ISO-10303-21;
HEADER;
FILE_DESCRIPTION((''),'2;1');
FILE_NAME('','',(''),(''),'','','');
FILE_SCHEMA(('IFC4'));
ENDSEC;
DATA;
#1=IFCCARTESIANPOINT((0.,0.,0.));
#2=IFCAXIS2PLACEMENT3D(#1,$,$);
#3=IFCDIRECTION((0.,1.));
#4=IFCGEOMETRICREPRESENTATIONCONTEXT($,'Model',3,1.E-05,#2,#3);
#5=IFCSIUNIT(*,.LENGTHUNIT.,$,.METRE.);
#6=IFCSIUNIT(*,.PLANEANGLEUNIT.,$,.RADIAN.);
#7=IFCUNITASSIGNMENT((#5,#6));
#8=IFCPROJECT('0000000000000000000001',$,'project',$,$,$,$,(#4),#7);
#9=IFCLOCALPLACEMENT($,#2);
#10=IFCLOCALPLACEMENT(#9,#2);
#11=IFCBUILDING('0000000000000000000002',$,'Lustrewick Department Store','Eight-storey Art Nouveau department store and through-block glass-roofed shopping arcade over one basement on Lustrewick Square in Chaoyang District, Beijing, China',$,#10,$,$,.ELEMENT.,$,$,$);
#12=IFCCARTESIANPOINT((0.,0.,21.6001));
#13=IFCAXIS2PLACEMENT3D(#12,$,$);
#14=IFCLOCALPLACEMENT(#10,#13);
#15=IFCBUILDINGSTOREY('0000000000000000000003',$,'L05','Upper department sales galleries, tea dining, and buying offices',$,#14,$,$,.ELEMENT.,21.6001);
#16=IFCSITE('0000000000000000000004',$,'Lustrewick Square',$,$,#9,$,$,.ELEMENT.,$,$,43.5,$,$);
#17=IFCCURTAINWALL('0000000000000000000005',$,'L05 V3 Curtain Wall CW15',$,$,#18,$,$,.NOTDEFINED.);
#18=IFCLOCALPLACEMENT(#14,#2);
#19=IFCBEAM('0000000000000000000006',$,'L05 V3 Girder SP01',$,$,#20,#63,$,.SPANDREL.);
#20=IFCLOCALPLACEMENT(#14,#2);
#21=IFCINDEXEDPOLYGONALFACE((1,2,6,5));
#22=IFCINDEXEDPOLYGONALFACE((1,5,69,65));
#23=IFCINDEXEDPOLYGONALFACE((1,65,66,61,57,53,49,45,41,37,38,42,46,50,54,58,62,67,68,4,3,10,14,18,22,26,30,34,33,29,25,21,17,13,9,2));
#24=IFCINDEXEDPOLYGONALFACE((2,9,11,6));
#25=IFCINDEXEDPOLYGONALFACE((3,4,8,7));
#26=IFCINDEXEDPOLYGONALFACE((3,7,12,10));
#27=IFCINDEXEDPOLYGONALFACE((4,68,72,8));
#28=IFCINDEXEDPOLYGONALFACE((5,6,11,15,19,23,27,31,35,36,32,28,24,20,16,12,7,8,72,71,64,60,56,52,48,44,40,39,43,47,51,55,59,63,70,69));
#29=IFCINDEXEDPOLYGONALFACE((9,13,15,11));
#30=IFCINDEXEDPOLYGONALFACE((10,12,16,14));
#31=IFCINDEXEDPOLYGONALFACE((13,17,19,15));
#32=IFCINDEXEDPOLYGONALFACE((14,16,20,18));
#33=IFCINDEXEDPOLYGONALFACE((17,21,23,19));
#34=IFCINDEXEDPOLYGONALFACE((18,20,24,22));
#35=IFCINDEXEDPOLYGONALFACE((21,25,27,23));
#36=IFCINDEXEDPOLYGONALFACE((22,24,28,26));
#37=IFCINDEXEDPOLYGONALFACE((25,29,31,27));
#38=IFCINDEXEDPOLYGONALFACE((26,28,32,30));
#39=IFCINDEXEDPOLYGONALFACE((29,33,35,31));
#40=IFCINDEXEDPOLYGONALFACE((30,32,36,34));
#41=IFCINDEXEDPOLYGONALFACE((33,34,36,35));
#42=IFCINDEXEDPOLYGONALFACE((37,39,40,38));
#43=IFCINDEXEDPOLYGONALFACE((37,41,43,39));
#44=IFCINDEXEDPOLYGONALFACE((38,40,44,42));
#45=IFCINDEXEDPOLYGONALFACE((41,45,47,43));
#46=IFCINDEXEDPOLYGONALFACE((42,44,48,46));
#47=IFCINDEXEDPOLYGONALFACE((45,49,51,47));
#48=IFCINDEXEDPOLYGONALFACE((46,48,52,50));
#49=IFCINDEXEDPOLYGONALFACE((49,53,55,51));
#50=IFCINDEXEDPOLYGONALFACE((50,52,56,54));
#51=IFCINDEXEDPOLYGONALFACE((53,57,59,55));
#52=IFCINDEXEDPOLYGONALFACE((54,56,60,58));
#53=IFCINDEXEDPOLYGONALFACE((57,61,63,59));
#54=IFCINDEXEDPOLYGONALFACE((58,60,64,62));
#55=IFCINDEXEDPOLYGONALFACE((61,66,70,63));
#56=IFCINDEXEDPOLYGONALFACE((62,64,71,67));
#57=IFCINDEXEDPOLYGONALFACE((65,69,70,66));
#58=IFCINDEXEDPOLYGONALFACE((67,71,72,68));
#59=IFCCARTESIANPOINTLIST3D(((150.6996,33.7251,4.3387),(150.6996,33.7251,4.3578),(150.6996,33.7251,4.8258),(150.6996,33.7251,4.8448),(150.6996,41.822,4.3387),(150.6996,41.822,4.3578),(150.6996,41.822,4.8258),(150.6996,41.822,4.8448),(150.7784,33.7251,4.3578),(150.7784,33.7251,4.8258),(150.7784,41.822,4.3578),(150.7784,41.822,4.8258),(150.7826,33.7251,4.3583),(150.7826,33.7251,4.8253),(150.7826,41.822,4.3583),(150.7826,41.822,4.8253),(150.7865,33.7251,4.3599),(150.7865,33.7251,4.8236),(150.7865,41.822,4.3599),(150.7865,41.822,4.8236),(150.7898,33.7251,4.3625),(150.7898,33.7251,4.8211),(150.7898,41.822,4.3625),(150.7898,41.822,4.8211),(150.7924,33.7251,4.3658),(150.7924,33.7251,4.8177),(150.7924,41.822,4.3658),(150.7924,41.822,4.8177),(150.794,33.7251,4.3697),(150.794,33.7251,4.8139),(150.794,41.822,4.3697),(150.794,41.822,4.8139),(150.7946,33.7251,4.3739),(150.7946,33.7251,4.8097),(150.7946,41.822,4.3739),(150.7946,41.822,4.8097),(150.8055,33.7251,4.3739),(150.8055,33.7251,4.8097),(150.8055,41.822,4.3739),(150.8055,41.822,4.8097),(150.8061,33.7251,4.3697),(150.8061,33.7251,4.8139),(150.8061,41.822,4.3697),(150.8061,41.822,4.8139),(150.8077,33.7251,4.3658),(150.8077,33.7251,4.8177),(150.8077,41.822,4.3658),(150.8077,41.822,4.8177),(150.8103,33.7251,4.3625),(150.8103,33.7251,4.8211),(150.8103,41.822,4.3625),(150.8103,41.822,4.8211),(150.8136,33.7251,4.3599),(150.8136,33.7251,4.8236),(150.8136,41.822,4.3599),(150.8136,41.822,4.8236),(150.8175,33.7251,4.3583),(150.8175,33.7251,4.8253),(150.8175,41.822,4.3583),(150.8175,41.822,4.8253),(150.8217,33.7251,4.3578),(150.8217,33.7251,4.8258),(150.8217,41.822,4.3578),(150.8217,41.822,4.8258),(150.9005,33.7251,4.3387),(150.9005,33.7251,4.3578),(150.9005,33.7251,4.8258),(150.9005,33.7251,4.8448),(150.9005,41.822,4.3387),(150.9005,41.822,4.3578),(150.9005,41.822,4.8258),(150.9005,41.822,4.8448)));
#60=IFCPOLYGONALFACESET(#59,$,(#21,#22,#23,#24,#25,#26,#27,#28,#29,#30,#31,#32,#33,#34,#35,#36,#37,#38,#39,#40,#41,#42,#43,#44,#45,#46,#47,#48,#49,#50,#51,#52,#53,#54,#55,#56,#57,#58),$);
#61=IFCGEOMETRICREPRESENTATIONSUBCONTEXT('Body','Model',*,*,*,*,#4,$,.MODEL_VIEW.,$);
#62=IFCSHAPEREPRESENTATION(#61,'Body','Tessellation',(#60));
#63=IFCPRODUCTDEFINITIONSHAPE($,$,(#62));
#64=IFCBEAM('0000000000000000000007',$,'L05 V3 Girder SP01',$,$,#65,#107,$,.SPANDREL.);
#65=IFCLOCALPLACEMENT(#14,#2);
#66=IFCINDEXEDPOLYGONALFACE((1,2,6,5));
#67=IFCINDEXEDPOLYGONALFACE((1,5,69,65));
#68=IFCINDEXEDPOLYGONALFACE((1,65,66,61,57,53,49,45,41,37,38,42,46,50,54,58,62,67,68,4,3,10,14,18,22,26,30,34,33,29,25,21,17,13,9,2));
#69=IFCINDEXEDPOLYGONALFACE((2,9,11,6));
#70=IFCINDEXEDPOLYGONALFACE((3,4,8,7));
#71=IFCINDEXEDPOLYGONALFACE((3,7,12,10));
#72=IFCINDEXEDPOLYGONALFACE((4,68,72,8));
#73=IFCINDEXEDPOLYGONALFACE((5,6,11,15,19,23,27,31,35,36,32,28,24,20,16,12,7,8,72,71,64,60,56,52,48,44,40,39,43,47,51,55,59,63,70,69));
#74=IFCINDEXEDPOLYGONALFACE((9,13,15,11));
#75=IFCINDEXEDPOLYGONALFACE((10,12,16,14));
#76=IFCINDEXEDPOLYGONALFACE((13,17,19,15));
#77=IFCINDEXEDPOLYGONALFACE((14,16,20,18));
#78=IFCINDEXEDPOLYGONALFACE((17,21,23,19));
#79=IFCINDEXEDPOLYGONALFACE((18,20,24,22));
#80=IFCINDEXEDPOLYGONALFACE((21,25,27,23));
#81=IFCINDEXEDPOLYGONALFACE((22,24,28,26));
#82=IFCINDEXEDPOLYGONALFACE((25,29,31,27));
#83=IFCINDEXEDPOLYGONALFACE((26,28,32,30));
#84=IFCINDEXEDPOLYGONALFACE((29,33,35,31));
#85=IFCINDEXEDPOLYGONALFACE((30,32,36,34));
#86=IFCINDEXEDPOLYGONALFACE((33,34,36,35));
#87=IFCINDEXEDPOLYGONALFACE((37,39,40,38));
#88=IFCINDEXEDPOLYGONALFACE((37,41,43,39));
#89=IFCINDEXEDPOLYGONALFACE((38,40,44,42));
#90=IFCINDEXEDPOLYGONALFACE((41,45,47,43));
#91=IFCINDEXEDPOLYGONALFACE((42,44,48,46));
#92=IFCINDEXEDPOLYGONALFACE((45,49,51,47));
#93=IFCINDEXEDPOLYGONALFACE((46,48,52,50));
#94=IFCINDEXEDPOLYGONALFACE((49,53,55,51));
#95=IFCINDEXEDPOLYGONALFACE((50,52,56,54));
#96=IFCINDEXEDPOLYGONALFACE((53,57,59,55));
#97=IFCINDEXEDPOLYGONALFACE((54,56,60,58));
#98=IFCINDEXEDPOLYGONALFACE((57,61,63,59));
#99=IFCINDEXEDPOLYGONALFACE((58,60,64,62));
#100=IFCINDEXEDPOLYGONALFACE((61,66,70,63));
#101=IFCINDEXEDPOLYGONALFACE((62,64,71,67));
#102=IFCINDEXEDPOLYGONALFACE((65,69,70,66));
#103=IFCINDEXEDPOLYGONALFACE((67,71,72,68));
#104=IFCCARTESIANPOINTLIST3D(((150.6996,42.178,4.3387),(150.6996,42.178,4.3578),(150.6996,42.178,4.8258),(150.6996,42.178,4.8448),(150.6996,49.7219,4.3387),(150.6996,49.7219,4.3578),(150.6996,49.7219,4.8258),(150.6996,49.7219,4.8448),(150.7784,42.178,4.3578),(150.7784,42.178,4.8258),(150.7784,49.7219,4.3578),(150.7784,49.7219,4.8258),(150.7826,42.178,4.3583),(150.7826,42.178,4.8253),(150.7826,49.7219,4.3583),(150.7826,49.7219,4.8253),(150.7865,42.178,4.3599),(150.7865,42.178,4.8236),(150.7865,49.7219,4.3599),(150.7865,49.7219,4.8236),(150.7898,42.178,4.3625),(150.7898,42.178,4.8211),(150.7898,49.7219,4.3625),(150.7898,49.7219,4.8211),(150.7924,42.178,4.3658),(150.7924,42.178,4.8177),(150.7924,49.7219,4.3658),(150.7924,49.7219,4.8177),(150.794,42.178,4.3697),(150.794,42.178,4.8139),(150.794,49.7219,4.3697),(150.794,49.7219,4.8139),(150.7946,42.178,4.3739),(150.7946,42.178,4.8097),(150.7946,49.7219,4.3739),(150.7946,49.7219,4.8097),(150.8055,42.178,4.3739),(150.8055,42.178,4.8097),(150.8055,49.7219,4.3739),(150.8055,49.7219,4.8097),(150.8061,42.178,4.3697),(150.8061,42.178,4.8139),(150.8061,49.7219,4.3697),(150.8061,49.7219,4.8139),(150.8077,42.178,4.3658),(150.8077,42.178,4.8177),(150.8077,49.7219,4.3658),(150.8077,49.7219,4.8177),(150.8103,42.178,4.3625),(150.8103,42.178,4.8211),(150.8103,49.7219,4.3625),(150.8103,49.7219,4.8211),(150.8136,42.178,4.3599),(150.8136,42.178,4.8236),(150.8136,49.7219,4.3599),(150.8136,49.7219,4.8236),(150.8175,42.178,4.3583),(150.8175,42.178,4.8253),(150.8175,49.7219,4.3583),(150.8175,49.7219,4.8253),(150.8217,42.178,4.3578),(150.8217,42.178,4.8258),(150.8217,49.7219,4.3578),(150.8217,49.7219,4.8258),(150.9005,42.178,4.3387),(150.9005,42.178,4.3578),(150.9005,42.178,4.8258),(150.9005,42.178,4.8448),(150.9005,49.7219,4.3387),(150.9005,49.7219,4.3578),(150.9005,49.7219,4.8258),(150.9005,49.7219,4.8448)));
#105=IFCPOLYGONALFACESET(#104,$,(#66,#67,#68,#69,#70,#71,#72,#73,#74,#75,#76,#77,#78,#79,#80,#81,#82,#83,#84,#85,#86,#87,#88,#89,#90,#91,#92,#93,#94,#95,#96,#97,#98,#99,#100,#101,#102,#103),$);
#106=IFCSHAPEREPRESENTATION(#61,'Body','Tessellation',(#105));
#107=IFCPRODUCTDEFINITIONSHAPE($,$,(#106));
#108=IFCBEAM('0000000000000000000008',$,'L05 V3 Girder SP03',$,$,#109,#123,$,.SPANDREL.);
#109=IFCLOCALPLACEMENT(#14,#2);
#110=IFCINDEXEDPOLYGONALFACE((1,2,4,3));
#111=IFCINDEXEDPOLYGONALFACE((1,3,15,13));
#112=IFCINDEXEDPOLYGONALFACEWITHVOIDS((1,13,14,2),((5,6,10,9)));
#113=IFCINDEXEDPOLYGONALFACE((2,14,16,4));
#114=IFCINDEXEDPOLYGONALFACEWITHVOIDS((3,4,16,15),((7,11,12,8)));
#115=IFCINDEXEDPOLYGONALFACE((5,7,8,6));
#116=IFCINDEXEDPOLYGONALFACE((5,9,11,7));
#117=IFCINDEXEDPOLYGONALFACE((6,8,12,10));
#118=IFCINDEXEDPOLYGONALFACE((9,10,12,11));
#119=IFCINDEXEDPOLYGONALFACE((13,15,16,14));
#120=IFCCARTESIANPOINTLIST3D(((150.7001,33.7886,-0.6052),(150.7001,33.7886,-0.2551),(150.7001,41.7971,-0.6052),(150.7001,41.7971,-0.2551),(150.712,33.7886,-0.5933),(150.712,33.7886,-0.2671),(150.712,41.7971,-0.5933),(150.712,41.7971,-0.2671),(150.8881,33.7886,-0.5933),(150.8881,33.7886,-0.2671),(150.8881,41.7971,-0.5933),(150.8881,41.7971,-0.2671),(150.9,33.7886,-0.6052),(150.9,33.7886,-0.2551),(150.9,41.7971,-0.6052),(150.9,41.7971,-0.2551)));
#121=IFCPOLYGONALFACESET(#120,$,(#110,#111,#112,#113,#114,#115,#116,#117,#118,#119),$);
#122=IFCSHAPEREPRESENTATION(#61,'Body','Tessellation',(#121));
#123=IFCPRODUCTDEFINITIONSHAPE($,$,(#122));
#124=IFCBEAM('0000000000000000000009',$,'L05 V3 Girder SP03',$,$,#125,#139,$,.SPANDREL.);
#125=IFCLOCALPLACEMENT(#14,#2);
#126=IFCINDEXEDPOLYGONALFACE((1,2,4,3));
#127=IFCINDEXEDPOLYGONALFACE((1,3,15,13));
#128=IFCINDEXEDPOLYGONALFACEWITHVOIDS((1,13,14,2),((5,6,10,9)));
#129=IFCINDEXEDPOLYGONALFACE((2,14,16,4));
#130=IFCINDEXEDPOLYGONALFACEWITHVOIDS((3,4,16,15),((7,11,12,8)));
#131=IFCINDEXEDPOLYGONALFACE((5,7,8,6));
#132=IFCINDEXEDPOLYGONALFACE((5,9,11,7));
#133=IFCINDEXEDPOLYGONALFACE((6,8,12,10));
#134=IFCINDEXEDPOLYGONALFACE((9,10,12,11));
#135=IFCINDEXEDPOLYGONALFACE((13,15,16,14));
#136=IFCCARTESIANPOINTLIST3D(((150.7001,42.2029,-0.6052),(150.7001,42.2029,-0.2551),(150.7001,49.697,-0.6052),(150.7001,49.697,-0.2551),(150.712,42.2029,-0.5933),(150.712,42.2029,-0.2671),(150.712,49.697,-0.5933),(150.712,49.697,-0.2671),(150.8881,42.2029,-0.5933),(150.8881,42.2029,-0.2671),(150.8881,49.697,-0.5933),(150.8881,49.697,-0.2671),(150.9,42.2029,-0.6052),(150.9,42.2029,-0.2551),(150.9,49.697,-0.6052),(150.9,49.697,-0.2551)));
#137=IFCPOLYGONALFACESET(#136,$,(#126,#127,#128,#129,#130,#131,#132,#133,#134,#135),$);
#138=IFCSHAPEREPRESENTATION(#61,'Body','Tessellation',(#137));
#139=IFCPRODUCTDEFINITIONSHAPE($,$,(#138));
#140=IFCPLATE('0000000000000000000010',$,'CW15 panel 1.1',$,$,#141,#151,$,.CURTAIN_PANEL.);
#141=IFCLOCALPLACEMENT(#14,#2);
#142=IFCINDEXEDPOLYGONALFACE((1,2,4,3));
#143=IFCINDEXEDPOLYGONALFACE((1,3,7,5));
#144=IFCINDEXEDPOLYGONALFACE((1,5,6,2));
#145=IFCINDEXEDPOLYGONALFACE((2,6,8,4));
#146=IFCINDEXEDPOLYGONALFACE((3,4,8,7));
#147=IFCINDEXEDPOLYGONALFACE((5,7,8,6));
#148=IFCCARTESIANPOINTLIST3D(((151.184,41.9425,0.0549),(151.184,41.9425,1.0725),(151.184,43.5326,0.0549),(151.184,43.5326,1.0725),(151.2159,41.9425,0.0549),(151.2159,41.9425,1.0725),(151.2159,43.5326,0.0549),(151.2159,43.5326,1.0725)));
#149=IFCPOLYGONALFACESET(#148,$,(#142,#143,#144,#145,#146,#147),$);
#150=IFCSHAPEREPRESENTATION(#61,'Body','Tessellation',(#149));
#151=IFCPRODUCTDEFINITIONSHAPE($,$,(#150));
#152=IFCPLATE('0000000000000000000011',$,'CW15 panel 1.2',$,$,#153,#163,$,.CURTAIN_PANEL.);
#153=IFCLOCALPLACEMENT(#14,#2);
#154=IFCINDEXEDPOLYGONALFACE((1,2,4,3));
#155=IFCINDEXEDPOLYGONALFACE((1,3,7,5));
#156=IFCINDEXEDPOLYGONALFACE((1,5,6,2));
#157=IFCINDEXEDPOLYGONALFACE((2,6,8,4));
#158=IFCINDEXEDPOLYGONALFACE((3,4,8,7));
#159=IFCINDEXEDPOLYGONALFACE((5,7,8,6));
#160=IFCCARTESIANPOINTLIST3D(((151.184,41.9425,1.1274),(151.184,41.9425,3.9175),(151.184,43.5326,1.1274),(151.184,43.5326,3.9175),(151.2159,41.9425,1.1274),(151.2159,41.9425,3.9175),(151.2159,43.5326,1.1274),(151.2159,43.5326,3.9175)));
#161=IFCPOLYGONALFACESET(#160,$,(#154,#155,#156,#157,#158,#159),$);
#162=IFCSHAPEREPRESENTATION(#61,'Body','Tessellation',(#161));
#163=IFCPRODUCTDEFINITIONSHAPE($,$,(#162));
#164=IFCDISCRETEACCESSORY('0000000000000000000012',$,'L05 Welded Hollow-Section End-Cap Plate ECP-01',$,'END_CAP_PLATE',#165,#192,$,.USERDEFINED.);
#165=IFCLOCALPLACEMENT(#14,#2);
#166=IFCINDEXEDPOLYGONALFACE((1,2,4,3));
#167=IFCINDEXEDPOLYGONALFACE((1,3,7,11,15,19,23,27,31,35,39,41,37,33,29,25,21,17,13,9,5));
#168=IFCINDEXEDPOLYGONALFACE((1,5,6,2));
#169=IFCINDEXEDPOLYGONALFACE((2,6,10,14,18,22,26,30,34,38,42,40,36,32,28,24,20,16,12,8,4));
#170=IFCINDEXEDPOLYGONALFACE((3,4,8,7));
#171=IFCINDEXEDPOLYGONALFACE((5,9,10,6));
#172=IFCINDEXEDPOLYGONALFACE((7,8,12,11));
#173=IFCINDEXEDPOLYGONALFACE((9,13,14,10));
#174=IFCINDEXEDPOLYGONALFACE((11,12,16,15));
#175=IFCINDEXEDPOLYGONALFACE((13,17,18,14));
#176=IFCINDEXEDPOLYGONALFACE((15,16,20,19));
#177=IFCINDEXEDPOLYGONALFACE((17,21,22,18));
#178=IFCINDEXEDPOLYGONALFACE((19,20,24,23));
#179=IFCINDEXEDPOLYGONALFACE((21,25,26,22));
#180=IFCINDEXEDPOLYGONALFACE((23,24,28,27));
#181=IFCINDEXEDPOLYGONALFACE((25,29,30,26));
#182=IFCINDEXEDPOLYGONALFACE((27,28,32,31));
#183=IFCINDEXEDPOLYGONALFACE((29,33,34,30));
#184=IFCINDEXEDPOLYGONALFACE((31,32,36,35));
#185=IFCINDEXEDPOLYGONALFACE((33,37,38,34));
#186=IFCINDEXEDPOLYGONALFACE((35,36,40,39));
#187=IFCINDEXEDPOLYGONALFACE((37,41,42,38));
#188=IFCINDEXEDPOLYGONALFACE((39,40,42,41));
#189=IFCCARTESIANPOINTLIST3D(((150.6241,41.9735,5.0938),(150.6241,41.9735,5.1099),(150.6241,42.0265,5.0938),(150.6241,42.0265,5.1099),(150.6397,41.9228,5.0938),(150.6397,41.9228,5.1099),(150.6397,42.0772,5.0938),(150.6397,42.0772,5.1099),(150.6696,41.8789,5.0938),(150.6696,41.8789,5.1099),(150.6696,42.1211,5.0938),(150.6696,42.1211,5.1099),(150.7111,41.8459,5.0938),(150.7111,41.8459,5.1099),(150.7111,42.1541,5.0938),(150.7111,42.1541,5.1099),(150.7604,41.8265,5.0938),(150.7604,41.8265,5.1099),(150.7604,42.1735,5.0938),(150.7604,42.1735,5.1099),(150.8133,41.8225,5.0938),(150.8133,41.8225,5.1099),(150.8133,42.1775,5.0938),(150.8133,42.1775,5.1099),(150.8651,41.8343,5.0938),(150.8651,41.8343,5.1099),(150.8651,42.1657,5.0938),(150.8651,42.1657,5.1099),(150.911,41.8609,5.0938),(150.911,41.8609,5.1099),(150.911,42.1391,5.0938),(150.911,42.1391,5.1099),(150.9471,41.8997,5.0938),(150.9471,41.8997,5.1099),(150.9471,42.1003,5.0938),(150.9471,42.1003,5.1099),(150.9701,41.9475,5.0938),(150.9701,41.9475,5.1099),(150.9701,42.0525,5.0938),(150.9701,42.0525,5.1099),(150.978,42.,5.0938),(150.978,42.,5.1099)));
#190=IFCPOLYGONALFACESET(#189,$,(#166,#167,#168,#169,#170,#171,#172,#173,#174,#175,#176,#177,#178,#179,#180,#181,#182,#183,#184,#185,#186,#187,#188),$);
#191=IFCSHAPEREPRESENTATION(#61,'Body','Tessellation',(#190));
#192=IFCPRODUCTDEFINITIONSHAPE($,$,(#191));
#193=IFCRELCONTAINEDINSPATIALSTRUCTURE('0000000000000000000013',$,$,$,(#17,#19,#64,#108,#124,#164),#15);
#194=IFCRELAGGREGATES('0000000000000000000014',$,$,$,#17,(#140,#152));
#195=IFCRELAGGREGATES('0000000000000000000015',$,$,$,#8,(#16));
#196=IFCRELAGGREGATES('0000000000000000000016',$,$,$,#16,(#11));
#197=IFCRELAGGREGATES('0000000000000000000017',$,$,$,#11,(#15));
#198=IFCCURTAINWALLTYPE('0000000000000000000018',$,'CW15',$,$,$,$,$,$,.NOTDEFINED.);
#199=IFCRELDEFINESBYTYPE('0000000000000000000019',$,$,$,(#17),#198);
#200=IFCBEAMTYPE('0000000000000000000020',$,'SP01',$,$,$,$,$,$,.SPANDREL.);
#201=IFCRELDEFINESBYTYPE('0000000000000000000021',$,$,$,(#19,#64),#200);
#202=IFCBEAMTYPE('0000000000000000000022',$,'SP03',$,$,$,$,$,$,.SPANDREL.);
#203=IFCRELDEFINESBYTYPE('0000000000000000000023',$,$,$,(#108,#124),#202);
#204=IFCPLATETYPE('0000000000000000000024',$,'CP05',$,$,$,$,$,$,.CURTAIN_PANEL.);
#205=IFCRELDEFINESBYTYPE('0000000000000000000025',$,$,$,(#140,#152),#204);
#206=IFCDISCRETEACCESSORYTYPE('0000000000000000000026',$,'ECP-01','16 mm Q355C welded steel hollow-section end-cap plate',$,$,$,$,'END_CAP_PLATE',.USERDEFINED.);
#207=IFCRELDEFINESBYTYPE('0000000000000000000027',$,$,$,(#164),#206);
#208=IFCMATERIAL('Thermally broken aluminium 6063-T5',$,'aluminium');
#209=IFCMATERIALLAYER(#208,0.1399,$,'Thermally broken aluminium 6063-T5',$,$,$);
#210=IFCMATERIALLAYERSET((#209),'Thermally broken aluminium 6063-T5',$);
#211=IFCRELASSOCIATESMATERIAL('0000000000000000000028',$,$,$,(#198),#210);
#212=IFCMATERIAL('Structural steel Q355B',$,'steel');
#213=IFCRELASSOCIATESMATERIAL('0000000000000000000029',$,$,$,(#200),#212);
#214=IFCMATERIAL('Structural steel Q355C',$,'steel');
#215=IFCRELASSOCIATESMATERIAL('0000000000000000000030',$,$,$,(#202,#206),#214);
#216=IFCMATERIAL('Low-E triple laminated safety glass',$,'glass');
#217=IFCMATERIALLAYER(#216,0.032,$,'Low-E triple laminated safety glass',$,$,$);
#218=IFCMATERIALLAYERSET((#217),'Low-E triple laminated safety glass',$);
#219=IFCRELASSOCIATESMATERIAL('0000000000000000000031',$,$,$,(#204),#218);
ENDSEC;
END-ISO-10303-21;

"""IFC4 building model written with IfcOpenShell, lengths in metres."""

from ifc_helpers import new_model, si_unit, direction, frame, origin, origin_2d, place, context, subcontext, project, spatial, rectangle, hollow_rectangle, circle, i_section, extrude, material, layer, layer_set, material_profile, profile_set, type_object, element, aggregate, save


model = new_model("IFC4")

# Units and contexts
model_context = context("Model", 3, precision=1e-05, world=origin(), true_north=direction((0.0, 1.0)))
body_context = subcontext(model_context, "Body", "Model", "MODEL_VIEW")
ifc_project = project(units=[si_unit("LENGTHUNIT", "METRE"), si_unit("PLANEANGLEUNIT", "RADIAN")], contexts=[model_context])

# Site, building, storey
site_placement = place(None, origin())
site = spatial("IfcSite", under=ifc_project, at=site_placement, Name="Lustrewick Square", CompositionType="ELEMENT", RefElevation=43.5)
building_placement = place(site_placement, origin())
building = spatial("IfcBuilding", under=site, at=building_placement, Name="Lustrewick Department Store", Description="Eight-storey Art Nouveau department store and through-block glass-roofed shopping arcade over one basement on Lustrewick Square in Chaoyang District, Beijing, China", CompositionType="ELEMENT")
storey_placement = place(building_placement, frame((0.0, 0.0, 21.6001)))
storey = spatial("IfcBuildingStorey", under=building, at=storey_placement, Name="L05", Description="Upper department sales galleries, tea dining, and buying offices", CompositionType="ELEMENT", Elevation=21.6001)

# Shared definitions
ifc_material_1 = material(Name="Structural steel Q355B", Category="steel")

# Curtain wall
ifc_material_2 = material(Name="Thermally broken aluminium 6063-T5", Category="aluminium")
ifc_layer_1 = layer(ifc_material_2, 0.1399, Name="Thermally broken aluminium 6063-T5")
ifc_layer_set_1 = layer_set([ifc_layer_1], Name="Thermally broken aluminium 6063-T5")
curtain_wall_type = type_object("IfcCurtainWallType", Name="CW15", PredefinedType="NOTDEFINED", material=ifc_layer_set_1)
curtain_wall_placement = place(storey_placement, origin())
curtain_wall = element("IfcCurtainWall", 1, at=curtain_wall_placement, inside=storey, type_object=curtain_wall_type, Name="L05 V3 Curtain Wall CW15", PredefinedType="NOTDEFINED")

# Beams
ifc_material_3 = material(Name="Structural steel Q355C", Category="steel")
ifc_material_profile_1 = material_profile(ifc_material_1, i_section(OverallWidth=0.2009, OverallDepth=0.5061, WebThickness=0.011, FlangeThickness=0.019, FilletRadius=0.0161, at=origin_2d()), Name="HN 506x201x11x19")
ifc_profile_set_1 = profile_set([ifc_material_profile_1], Name="Structural steel Q355B")
beam_type_1 = type_object("IfcBeamType", Name="SP01", PredefinedType="SPANDREL", material=ifc_profile_set_1)
beam_1_placement = place(storey_placement, frame((150.8, 33.7251, 4.5918), z_axis=(0.0, 1.0, 0.0), x_axis=(-1.0, 0.0, 0.0)))
element("IfcBeam", 2, at=beam_1_placement, inside=storey, type_object=beam_type_1, Name="L05 V3 Girder SP01", PredefinedType="SPANDREL", context=body_context, shape_type="SweptSolid", body=[
    extrude(i_section(OverallWidth=0.2009, OverallDepth=0.5061, WebThickness=0.011, FlangeThickness=0.019, FilletRadius=0.0161, at=origin_2d()), origin(), (0.0, 0.0, 1.0), 8.0969),
])
beam_2_placement = place(storey_placement, frame((150.8, 42.178, 4.5918), z_axis=(0.0, 1.0, 0.0), x_axis=(-1.0, 0.0, 0.0)))
element("IfcBeam", 3, at=beam_2_placement, inside=storey, type_object=beam_type_1, Name="L05 V3 Girder SP01", PredefinedType="SPANDREL", context=body_context, shape_type="SweptSolid", body=[
    extrude(i_section(OverallWidth=0.2009, OverallDepth=0.5061, WebThickness=0.011, FlangeThickness=0.019, FilletRadius=0.0161, at=origin_2d()), origin(), (0.0, 0.0, 1.0), 7.5439),
])
ifc_material_profile_2 = material_profile(ifc_material_3, hollow_rectangle(XDim=0.2, YDim=0.3501, WallThickness=0.012, at=origin_2d()), Name="RHS 350x200x12")
ifc_profile_set_2 = profile_set([ifc_material_profile_2], Name="Structural steel Q355C")
beam_type_2 = type_object("IfcBeamType", Name="SP03", PredefinedType="SPANDREL", material=ifc_profile_set_2)
beam_3_placement = place(storey_placement, frame((150.8, 33.7886, -0.4302), z_axis=(0.0, 1.0, 0.0), x_axis=(-1.0, 0.0, 0.0)))
element("IfcBeam", 4, at=beam_3_placement, inside=storey, type_object=beam_type_2, Name="L05 V3 Girder SP03", PredefinedType="SPANDREL", context=body_context, shape_type="SweptSolid", body=[
    extrude(hollow_rectangle(XDim=0.2, YDim=0.3501, WallThickness=0.012, at=origin_2d()), origin(), (0.0, 0.0, 1.0), 8.0085),
])
beam_4_placement = place(storey_placement, frame((150.8, 42.2029, -0.4302), z_axis=(0.0, 1.0, 0.0), x_axis=(-1.0, 0.0, 0.0)))
element("IfcBeam", 5, at=beam_4_placement, inside=storey, type_object=beam_type_2, Name="L05 V3 Girder SP03", PredefinedType="SPANDREL", context=body_context, shape_type="SweptSolid", body=[
    extrude(hollow_rectangle(XDim=0.2, YDim=0.3501, WallThickness=0.012, at=origin_2d()), origin(), (0.0, 0.0, 1.0), 7.4941),
])

# Plates
ifc_material_4 = material(Name="Low-E triple laminated safety glass", Category="glass")
ifc_layer_2 = layer(ifc_material_4, 0.032, Name="Low-E triple laminated safety glass")
ifc_layer_set_2 = layer_set([ifc_layer_2], Name="Low-E triple laminated safety glass")
plate_type = type_object("IfcPlateType", Name="CP05", PredefinedType="CURTAIN_PANEL", material=ifc_layer_set_2)
plate_1_placement = place(storey_placement, frame((151.2, 42.7375, 0.0549), z_axis=(0.0, 0.0, 1.0), x_axis=(0.0, 1.0, 0.0)))
plate_1 = element("IfcPlate", 6, at=plate_1_placement, type_object=plate_type, Name="CW15 panel 1.1", PredefinedType="CURTAIN_PANEL", context=body_context, shape_type="SweptSolid", body=[
    extrude(rectangle(XDim=1.5901, YDim=0.032, at=origin_2d()), origin(), (0.0, 0.0, 1.0), 1.0176),
])
plate_2_placement = place(storey_placement, frame((151.2, 42.7375, 1.1274), z_axis=(0.0, 0.0, 1.0), x_axis=(0.0, 1.0, 0.0)))
plate_2 = element("IfcPlate", 7, at=plate_2_placement, type_object=plate_type, Name="CW15 panel 1.2", PredefinedType="CURTAIN_PANEL", context=body_context, shape_type="SweptSolid", body=[
    extrude(rectangle(XDim=1.5901, YDim=0.032, at=origin_2d()), origin(), (0.0, 0.0, 1.0), 2.79),
])
aggregate(curtain_wall, [plate_1, plate_2])

# Discrete accessory
discrete_accessory_type = type_object("IfcDiscreteAccessoryType", Name="ECP-01", Description="16 mm Q355C welded steel hollow-section end-cap plate", ElementType="END_CAP_PLATE", PredefinedType="USERDEFINED", material=ifc_material_3)
discrete_accessory_placement = place(storey_placement, frame((150.8, 42.0, 5.0938), z_axis=(0.0, 0.0, 1.0), x_axis=(1.0, 0.0, 0.0)))
element("IfcDiscreteAccessory", 8, at=discrete_accessory_placement, inside=storey, type_object=discrete_accessory_type, Name="L05 Welded Hollow-Section End-Cap Plate ECP-01", ObjectType="END_CAP_PLATE", PredefinedType="USERDEFINED", context=body_context, shape_type="SweptSolid", body=[
    extrude(circle(Radius=0.178, at=origin_2d()), origin(), (0.0, 0.0, 1.0), 0.0161),
])

save(model, "model.ifc")
